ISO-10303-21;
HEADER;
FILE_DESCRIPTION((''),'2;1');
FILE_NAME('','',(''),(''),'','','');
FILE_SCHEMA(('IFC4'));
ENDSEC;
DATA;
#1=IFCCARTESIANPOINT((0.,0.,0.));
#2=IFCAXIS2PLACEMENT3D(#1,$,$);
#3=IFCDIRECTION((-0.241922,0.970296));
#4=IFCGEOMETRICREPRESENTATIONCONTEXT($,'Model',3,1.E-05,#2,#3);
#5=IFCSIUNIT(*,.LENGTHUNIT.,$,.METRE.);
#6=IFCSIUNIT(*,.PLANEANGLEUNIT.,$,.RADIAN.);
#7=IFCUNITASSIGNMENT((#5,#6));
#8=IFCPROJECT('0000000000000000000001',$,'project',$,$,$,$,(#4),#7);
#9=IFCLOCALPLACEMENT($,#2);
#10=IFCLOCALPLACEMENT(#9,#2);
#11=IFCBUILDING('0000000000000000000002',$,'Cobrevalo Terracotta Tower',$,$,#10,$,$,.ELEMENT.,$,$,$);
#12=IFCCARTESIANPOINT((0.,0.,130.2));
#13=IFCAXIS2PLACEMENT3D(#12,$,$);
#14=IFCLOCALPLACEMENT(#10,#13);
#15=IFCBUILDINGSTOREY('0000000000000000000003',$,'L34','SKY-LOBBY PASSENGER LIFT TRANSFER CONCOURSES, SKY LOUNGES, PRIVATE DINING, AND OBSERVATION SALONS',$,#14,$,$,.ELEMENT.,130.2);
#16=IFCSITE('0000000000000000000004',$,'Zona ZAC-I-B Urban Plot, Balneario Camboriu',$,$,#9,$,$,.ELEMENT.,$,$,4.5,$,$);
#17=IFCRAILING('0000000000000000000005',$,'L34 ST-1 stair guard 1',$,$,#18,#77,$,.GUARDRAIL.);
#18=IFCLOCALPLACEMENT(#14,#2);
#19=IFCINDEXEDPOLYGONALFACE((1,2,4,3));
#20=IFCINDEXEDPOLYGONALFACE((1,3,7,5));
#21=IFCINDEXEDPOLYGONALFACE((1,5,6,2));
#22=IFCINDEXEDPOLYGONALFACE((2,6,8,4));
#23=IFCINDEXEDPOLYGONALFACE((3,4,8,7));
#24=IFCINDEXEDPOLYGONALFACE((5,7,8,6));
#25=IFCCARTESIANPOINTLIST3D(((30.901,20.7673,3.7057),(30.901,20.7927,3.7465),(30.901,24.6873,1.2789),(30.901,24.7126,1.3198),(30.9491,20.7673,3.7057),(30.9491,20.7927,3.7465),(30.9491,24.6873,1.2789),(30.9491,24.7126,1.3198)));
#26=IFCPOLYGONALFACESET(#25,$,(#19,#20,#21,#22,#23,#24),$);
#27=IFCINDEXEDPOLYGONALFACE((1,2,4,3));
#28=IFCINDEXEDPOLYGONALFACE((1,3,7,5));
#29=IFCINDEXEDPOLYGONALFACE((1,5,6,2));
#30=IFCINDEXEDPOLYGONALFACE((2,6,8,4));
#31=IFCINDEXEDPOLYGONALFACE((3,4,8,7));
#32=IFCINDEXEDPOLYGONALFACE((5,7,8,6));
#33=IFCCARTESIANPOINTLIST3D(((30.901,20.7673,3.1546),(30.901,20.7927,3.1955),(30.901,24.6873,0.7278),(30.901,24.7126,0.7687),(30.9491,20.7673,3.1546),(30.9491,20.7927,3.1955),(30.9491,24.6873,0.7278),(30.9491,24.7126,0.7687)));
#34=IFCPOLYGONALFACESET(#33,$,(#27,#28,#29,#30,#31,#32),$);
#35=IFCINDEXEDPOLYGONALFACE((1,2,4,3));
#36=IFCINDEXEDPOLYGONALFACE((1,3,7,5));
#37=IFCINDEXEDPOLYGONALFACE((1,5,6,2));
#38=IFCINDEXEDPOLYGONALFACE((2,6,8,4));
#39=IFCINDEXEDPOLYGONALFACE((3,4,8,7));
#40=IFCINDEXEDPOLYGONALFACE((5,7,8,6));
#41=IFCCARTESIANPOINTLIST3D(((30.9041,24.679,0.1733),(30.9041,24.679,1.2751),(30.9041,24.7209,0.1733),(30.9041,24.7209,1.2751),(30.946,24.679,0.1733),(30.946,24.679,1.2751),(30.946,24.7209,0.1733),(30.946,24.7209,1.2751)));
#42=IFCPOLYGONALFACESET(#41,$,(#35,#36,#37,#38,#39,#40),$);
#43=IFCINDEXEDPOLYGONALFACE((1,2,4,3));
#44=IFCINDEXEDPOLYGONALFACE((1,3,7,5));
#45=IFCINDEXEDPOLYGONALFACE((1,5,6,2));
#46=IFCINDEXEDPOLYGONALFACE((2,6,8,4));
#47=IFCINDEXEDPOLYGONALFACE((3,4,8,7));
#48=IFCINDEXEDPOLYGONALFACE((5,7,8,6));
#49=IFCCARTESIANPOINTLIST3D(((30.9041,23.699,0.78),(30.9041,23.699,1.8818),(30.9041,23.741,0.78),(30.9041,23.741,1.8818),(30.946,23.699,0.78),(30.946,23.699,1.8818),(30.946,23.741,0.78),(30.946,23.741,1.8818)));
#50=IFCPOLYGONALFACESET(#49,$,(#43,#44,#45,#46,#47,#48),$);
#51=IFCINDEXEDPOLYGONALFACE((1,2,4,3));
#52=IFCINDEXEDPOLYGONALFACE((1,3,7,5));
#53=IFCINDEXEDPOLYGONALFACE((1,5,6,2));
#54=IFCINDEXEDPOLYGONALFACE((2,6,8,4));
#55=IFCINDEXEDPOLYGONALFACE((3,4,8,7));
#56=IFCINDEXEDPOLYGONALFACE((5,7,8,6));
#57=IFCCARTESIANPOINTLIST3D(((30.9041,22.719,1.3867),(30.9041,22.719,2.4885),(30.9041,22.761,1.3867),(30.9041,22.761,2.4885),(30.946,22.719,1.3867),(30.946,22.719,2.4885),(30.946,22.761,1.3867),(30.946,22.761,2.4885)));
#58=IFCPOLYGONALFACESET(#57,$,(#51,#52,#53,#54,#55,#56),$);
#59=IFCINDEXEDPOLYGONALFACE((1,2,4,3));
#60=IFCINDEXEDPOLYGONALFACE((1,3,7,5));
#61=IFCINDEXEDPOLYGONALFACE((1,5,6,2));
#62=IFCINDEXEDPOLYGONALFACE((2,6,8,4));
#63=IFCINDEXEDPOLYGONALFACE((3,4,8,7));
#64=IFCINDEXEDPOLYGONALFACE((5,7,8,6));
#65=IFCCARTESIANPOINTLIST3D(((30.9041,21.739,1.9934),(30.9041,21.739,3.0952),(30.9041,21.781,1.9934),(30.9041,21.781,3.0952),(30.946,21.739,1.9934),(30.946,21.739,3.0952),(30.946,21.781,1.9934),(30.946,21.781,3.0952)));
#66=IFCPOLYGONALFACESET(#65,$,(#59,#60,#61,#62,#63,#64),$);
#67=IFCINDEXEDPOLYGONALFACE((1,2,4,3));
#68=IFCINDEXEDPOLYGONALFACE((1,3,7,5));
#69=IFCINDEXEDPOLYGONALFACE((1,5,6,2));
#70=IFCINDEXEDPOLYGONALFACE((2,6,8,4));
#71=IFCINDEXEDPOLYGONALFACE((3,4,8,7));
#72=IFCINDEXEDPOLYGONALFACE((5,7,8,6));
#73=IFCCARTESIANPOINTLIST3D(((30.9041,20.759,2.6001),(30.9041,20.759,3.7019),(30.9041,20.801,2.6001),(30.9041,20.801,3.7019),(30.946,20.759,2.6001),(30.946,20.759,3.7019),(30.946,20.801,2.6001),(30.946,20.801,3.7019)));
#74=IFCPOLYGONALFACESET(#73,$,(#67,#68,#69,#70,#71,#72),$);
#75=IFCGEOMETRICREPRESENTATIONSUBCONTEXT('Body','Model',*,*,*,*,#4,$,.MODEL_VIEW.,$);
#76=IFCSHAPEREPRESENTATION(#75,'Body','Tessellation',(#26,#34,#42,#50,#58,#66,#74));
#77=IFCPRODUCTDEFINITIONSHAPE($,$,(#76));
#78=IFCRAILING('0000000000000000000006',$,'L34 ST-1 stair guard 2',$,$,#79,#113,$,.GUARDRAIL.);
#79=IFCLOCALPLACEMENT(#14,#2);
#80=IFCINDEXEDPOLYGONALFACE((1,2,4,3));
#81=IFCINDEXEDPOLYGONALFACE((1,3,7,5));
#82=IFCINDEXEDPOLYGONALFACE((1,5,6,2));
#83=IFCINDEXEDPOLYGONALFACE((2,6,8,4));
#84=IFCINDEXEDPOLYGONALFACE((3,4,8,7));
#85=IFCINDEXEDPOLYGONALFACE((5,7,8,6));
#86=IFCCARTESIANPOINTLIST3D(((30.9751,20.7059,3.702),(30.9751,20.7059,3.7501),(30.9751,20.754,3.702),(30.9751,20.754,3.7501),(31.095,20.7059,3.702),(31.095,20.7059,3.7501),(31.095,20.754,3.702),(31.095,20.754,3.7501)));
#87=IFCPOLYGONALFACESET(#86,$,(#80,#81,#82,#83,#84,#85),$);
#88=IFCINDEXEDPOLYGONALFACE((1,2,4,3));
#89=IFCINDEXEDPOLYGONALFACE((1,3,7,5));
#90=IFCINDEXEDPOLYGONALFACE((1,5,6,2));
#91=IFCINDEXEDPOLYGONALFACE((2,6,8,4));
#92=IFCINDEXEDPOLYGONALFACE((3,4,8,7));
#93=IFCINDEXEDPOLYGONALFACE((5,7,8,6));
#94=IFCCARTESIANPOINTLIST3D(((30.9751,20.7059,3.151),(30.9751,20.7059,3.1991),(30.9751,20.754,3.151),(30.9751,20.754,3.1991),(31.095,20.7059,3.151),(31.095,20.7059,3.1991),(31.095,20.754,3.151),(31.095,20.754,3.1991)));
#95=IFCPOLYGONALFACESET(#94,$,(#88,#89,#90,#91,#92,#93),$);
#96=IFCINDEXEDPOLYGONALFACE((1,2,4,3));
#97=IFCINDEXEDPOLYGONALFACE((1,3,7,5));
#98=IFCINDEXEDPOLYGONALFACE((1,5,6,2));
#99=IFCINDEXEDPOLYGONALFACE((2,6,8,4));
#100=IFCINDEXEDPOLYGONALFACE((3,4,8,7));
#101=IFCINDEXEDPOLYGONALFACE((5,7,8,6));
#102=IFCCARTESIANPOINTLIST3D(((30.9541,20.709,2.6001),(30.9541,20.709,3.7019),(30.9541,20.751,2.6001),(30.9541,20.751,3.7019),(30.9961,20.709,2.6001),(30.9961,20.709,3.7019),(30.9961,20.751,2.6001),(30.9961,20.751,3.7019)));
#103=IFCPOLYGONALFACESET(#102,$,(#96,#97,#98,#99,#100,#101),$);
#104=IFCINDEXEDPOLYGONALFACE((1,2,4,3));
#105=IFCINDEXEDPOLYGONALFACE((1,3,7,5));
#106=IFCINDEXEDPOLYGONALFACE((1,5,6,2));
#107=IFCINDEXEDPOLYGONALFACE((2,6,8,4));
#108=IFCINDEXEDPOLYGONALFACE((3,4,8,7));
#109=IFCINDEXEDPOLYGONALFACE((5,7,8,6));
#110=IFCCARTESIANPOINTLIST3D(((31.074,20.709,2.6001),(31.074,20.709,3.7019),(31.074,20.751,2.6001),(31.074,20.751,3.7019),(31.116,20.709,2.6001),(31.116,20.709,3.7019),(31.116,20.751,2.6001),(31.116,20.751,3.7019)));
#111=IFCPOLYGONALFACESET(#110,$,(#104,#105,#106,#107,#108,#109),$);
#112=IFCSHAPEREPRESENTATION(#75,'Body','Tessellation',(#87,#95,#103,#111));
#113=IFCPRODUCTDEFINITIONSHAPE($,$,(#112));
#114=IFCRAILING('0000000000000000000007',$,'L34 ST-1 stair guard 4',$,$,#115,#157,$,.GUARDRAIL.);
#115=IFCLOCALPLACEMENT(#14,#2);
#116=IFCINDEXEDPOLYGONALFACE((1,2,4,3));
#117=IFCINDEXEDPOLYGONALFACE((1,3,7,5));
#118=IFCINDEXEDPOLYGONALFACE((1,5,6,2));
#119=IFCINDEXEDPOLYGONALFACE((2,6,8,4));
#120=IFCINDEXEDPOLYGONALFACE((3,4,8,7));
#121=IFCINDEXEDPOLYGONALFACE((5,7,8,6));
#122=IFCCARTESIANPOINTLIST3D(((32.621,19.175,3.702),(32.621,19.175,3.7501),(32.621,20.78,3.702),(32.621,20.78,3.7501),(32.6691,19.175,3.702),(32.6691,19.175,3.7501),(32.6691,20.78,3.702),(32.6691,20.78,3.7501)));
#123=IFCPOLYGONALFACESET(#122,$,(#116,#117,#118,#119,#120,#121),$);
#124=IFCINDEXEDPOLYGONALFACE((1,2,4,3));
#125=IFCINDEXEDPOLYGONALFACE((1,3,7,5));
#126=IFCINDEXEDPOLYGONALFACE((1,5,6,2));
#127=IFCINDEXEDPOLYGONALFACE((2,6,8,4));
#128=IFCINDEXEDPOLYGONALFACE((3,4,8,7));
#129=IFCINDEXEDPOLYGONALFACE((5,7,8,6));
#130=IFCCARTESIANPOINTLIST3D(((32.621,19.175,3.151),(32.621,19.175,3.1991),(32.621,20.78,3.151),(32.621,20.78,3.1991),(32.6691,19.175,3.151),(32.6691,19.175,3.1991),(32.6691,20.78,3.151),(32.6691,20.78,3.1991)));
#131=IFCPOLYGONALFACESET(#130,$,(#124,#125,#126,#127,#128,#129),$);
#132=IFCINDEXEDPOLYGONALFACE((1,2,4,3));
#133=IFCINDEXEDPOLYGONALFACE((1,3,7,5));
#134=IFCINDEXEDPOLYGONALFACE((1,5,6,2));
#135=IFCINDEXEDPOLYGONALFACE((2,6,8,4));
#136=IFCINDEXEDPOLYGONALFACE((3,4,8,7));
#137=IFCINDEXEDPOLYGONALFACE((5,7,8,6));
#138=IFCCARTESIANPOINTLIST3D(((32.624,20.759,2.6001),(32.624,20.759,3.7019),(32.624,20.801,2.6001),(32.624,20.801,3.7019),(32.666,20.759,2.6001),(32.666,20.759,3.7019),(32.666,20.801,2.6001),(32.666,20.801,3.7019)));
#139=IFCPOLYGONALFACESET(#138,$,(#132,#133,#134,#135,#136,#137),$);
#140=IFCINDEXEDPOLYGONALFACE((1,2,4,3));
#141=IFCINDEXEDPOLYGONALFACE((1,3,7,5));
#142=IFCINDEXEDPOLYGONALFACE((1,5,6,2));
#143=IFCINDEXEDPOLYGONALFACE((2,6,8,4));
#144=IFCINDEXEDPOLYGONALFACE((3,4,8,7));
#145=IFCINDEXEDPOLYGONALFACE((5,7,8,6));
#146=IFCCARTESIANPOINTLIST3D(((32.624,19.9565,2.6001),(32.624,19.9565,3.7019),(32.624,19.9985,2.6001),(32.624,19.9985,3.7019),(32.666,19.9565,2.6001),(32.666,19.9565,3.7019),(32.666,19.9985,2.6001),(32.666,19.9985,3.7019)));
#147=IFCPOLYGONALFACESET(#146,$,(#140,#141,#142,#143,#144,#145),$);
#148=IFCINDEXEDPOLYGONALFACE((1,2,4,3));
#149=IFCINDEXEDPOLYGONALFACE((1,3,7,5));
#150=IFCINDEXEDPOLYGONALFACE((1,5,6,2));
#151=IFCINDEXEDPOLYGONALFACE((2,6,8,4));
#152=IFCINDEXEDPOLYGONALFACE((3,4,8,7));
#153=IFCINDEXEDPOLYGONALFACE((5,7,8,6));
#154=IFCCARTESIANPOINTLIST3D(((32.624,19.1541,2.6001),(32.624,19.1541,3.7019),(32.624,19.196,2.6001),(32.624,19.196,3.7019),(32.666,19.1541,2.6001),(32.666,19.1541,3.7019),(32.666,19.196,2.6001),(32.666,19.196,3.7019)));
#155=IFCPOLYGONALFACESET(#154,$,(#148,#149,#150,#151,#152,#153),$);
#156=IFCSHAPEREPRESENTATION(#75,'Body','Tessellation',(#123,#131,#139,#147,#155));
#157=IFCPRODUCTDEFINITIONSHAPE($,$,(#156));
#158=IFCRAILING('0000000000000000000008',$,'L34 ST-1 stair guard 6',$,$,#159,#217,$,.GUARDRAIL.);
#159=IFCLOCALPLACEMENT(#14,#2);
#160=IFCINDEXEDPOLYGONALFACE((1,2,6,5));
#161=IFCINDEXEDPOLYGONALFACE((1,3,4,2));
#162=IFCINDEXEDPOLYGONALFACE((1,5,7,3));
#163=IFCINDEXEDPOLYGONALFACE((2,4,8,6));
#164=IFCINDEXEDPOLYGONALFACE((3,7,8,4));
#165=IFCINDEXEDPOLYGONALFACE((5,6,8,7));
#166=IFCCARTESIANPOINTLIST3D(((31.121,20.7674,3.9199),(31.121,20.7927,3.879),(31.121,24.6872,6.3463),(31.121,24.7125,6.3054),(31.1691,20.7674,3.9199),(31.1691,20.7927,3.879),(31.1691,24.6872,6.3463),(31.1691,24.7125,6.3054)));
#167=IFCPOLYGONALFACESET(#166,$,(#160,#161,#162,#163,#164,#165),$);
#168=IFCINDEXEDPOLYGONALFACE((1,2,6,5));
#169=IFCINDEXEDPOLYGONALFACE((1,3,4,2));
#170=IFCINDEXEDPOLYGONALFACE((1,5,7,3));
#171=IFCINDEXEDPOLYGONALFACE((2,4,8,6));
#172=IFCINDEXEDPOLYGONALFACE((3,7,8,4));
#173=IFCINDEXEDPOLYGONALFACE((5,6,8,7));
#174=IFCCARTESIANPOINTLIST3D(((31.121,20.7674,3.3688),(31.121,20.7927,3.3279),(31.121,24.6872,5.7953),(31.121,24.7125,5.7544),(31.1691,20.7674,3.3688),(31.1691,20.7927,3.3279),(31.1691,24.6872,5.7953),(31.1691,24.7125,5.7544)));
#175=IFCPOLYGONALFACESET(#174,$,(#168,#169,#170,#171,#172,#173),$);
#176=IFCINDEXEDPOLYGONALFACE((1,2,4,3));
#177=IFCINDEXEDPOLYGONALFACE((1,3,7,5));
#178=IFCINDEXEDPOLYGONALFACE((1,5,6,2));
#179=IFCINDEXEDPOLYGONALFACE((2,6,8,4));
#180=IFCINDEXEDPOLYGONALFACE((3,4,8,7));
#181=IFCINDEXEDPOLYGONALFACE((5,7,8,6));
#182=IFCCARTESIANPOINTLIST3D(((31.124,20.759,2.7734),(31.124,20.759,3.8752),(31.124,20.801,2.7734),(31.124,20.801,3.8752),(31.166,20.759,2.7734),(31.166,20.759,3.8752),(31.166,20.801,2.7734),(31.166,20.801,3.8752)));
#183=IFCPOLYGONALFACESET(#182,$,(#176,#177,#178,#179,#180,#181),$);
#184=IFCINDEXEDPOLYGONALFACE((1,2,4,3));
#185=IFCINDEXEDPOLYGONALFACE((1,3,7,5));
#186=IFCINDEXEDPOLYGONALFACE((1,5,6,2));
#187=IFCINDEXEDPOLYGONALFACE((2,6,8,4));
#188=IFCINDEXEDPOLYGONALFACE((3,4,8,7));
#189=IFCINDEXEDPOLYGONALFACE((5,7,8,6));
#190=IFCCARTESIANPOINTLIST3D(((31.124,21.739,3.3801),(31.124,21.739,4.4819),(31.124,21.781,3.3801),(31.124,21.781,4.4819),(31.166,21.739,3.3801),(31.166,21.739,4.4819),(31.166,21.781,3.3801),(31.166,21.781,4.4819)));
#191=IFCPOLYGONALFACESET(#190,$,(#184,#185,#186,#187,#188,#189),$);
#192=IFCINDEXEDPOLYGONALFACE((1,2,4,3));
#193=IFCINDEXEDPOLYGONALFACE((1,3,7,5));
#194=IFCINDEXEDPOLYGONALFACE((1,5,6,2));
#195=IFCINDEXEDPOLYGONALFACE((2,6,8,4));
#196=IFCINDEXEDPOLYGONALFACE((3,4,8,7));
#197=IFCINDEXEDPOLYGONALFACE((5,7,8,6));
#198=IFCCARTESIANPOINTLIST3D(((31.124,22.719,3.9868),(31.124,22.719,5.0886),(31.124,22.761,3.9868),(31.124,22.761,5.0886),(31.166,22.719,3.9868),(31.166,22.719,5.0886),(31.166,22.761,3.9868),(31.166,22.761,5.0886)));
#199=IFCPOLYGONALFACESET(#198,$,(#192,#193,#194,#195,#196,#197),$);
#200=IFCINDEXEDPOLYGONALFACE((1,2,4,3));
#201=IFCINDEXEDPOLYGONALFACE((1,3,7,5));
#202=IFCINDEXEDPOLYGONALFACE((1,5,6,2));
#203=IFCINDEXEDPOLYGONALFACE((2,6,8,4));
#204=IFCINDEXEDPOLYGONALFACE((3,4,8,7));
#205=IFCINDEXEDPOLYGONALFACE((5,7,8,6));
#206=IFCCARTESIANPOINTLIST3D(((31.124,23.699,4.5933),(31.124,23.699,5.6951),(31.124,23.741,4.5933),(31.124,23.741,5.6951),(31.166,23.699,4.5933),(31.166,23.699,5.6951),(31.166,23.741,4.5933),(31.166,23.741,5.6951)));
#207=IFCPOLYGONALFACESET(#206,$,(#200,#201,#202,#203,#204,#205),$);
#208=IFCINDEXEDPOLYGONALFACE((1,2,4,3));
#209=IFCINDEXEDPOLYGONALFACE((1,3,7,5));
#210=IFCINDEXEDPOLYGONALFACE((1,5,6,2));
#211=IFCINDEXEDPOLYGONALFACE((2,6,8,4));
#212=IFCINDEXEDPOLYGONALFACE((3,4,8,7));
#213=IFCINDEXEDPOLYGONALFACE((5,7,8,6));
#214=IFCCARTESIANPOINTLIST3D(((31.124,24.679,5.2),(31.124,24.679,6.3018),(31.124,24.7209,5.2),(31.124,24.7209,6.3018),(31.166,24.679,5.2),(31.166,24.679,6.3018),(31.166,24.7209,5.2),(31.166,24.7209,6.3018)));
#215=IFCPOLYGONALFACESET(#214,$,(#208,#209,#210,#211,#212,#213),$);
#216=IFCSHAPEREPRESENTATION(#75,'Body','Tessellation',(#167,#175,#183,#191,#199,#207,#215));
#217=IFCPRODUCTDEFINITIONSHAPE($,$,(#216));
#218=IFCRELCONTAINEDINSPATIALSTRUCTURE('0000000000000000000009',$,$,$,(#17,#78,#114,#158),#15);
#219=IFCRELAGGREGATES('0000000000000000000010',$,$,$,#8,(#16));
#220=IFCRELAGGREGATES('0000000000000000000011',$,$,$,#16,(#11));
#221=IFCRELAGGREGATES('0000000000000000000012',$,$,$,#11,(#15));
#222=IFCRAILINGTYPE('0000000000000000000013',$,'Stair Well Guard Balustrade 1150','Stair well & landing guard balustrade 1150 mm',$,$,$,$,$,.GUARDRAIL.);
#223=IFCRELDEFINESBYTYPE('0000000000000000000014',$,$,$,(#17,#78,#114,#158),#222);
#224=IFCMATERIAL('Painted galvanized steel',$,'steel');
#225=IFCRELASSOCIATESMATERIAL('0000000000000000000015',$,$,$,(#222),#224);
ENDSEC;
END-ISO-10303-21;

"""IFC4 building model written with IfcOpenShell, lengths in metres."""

from ifc_helpers import new_model, si_unit, direction, frame, origin, origin_2d, place, context, subcontext, project, spatial, rectangle, extrude, material, type_object, element, save


model = new_model("IFC4")

# Units and contexts
model_context = context("Model", 3, precision=1e-05, world=origin(), true_north=direction((-0.241922, 0.970296)))
body_context = subcontext(model_context, "Body", "Model", "MODEL_VIEW")
ifc_project = project(units=[si_unit("LENGTHUNIT", "METRE"), si_unit("PLANEANGLEUNIT", "RADIAN")], contexts=[model_context])

# Site, building, storey
site_placement = place(None, origin())
site = spatial("IfcSite", under=ifc_project, at=site_placement, Name="Zona ZAC-I-B Urban Plot, Balneario Camboriu", CompositionType="ELEMENT", RefElevation=4.5)
building_placement = place(site_placement, origin())
building = spatial("IfcBuilding", under=site, at=building_placement, Name="Cobrevalo Terracotta Tower", CompositionType="ELEMENT")
storey_placement = place(building_placement, frame((0.0, 0.0, 130.2)))
storey = spatial("IfcBuildingStorey", under=building, at=storey_placement, Name="L34", Description="SKY-LOBBY PASSENGER LIFT TRANSFER CONCOURSES, SKY LOUNGES, PRIVATE DINING, AND OBSERVATION SALONS", CompositionType="ELEMENT", Elevation=130.2)

# Railings
ifc_material_1 = material(Name="Painted galvanized steel", Category="steel")
railing_type_1 = type_object("IfcRailingType", Name="Stair Well Guard Balustrade 1150", Description="Stair well & landing guard balustrade 1150 mm", PredefinedType="GUARDRAIL", material=ifc_material_1)
railing_1_placement = place(storey_placement, frame((30.925, 24.7, 0.1733)))
element("IfcRailing", 1, at=railing_1_placement, inside=storey, type_object=railing_type_1, Name="L34 ST-1 stair guard 1", PredefinedType="GUARDRAIL", context=body_context, shape_type="SweptSolid", body=[
    extrude(rectangle(XDim=0.0481, YDim=0.0481, at=origin_2d()), frame((0.0, 0.0, 1.126), z_axis=(0.0, -0.850252, 0.526376), x_axis=(1.0, 0.0, 0.0)), (0.0, 0.0, 1.0), 4.6104),
    extrude(rectangle(XDim=0.0481, YDim=0.0481, at=origin_2d()), frame((0.0, 0.0, 0.575), z_axis=(0.0, -0.850252, 0.526376), x_axis=(1.0, 0.0, 0.0)), (0.0, 0.0, 1.0), 4.6104),
    extrude(rectangle(XDim=0.042, YDim=0.042, at=origin_2d()), origin(), (0.0, 0.0, 1.0), 1.1018),
    extrude(rectangle(XDim=0.042, YDim=0.042, at=origin_2d()), frame((0.0, -0.98, 0.6067)), (0.0, 0.0, 1.0), 1.1018),
    extrude(rectangle(XDim=0.042, YDim=0.042, at=origin_2d()), frame((0.0, -1.96, 1.2134)), (0.0, 0.0, 1.0), 1.1018),
    extrude(rectangle(XDim=0.042, YDim=0.042, at=origin_2d()), frame((0.0, -2.9399, 1.8201)), (0.0, 0.0, 1.0), 1.1018),
    extrude(rectangle(XDim=0.042, YDim=0.042, at=origin_2d()), frame((0.0, -3.9199, 2.4268)), (0.0, 0.0, 1.0), 1.1018),
])
railing_2_placement = place(storey_placement, frame((30.9751, 20.73, 2.6001)))
element("IfcRailing", 2, at=railing_2_placement, inside=storey, type_object=railing_type_1, Name="L34 ST-1 stair guard 2", PredefinedType="GUARDRAIL", context=body_context, shape_type="SweptSolid", body=[
    extrude(rectangle(XDim=0.0481, YDim=0.0481, at=origin_2d()), frame((0.0, 0.0, 1.126), z_axis=(1.0, 0.0, 0.0), x_axis=(0.0, 1.0, 0.0)), (0.0, 0.0, 1.0), 0.1199),
    extrude(rectangle(XDim=0.0481, YDim=0.0481, at=origin_2d()), frame((0.0, 0.0, 0.575), z_axis=(1.0, 0.0, 0.0), x_axis=(0.0, 1.0, 0.0)), (0.0, 0.0, 1.0), 0.1199),
    extrude(rectangle(XDim=0.042, YDim=0.042, at=origin_2d()), origin(), (0.0, 0.0, 1.0), 1.1018),
    extrude(rectangle(XDim=0.042, YDim=0.042, at=origin_2d()), frame((0.1199, 0.0, 0.0)), (0.0, 0.0, 1.0), 1.1018),
])
railing_3_placement = place(storey_placement, frame((32.645, 20.78, 2.6001)))
element("IfcRailing", 3, at=railing_3_placement, inside=storey, type_object=railing_type_1, Name="L34 ST-1 stair guard 4", PredefinedType="GUARDRAIL", context=body_context, shape_type="SweptSolid", body=[
    extrude(rectangle(XDim=0.0481, YDim=0.0481, at=origin_2d()), frame((0.0, 0.0, 1.126), z_axis=(0.0, -1.0, 0.0), x_axis=(1.0, 0.0, 0.0)), (0.0, 0.0, 1.0), 1.605),
    extrude(rectangle(XDim=0.0481, YDim=0.0481, at=origin_2d()), frame((0.0, 0.0, 0.575), z_axis=(0.0, -1.0, 0.0), x_axis=(1.0, 0.0, 0.0)), (0.0, 0.0, 1.0), 1.605),
    extrude(rectangle(XDim=0.042, YDim=0.042, at=origin_2d()), origin(), (0.0, 0.0, 1.0), 1.1018),
    extrude(rectangle(XDim=0.042, YDim=0.042, at=origin_2d()), frame((0.0, -0.8025, 0.0)), (0.0, 0.0, 1.0), 1.1018),
    extrude(rectangle(XDim=0.042, YDim=0.042, at=origin_2d()), frame((0.0, -1.605, 0.0)), (0.0, 0.0, 1.0), 1.1018),
])
railing_4_placement = place(storey_placement, frame((31.145, 20.78, 2.7734)))
element("IfcRailing", 4, at=railing_4_placement, inside=storey, type_object=railing_type_1, Name="L34 ST-1 stair guard 6", PredefinedType="GUARDRAIL", context=body_context, shape_type="SweptSolid", body=[
    extrude(rectangle(XDim=0.0481, YDim=0.0481, at=origin_2d()), frame((0.0, 0.0, 1.126), z_axis=(0.0, 0.850275, 0.526338), x_axis=(-1.0, 0.0, 0.0)), (0.0, 0.0, 1.0), 4.6101),
    extrude(rectangle(XDim=0.0481, YDim=0.0481, at=origin_2d()), frame((0.0, 0.0, 0.575), z_axis=(0.0, 0.850275, 0.526338), x_axis=(-1.0, 0.0, 0.0)), (0.0, 0.0, 1.0), 4.6101),
    extrude(rectangle(XDim=0.042, YDim=0.042, at=origin_2d()), origin(), (0.0, 0.0, 1.0), 1.1018),
    extrude(rectangle(XDim=0.042, YDim=0.042, at=origin_2d()), frame((0.0, 0.98, 0.6067)), (0.0, 0.0, 1.0), 1.1018),
    extrude(rectangle(XDim=0.042, YDim=0.042, at=origin_2d()), frame((0.0, 1.96, 1.2134)), (0.0, 0.0, 1.0), 1.1018),
    extrude(rectangle(XDim=0.042, YDim=0.042, at=origin_2d()), frame((0.0, 2.9399, 1.8198)), (0.0, 0.0, 1.0), 1.1018),
    extrude(rectangle(XDim=0.042, YDim=0.042, at=origin_2d()), frame((0.0, 3.9199, 2.4265)), (0.0, 0.0, 1.0), 1.1018),
])

save(model, "model.ifc")
